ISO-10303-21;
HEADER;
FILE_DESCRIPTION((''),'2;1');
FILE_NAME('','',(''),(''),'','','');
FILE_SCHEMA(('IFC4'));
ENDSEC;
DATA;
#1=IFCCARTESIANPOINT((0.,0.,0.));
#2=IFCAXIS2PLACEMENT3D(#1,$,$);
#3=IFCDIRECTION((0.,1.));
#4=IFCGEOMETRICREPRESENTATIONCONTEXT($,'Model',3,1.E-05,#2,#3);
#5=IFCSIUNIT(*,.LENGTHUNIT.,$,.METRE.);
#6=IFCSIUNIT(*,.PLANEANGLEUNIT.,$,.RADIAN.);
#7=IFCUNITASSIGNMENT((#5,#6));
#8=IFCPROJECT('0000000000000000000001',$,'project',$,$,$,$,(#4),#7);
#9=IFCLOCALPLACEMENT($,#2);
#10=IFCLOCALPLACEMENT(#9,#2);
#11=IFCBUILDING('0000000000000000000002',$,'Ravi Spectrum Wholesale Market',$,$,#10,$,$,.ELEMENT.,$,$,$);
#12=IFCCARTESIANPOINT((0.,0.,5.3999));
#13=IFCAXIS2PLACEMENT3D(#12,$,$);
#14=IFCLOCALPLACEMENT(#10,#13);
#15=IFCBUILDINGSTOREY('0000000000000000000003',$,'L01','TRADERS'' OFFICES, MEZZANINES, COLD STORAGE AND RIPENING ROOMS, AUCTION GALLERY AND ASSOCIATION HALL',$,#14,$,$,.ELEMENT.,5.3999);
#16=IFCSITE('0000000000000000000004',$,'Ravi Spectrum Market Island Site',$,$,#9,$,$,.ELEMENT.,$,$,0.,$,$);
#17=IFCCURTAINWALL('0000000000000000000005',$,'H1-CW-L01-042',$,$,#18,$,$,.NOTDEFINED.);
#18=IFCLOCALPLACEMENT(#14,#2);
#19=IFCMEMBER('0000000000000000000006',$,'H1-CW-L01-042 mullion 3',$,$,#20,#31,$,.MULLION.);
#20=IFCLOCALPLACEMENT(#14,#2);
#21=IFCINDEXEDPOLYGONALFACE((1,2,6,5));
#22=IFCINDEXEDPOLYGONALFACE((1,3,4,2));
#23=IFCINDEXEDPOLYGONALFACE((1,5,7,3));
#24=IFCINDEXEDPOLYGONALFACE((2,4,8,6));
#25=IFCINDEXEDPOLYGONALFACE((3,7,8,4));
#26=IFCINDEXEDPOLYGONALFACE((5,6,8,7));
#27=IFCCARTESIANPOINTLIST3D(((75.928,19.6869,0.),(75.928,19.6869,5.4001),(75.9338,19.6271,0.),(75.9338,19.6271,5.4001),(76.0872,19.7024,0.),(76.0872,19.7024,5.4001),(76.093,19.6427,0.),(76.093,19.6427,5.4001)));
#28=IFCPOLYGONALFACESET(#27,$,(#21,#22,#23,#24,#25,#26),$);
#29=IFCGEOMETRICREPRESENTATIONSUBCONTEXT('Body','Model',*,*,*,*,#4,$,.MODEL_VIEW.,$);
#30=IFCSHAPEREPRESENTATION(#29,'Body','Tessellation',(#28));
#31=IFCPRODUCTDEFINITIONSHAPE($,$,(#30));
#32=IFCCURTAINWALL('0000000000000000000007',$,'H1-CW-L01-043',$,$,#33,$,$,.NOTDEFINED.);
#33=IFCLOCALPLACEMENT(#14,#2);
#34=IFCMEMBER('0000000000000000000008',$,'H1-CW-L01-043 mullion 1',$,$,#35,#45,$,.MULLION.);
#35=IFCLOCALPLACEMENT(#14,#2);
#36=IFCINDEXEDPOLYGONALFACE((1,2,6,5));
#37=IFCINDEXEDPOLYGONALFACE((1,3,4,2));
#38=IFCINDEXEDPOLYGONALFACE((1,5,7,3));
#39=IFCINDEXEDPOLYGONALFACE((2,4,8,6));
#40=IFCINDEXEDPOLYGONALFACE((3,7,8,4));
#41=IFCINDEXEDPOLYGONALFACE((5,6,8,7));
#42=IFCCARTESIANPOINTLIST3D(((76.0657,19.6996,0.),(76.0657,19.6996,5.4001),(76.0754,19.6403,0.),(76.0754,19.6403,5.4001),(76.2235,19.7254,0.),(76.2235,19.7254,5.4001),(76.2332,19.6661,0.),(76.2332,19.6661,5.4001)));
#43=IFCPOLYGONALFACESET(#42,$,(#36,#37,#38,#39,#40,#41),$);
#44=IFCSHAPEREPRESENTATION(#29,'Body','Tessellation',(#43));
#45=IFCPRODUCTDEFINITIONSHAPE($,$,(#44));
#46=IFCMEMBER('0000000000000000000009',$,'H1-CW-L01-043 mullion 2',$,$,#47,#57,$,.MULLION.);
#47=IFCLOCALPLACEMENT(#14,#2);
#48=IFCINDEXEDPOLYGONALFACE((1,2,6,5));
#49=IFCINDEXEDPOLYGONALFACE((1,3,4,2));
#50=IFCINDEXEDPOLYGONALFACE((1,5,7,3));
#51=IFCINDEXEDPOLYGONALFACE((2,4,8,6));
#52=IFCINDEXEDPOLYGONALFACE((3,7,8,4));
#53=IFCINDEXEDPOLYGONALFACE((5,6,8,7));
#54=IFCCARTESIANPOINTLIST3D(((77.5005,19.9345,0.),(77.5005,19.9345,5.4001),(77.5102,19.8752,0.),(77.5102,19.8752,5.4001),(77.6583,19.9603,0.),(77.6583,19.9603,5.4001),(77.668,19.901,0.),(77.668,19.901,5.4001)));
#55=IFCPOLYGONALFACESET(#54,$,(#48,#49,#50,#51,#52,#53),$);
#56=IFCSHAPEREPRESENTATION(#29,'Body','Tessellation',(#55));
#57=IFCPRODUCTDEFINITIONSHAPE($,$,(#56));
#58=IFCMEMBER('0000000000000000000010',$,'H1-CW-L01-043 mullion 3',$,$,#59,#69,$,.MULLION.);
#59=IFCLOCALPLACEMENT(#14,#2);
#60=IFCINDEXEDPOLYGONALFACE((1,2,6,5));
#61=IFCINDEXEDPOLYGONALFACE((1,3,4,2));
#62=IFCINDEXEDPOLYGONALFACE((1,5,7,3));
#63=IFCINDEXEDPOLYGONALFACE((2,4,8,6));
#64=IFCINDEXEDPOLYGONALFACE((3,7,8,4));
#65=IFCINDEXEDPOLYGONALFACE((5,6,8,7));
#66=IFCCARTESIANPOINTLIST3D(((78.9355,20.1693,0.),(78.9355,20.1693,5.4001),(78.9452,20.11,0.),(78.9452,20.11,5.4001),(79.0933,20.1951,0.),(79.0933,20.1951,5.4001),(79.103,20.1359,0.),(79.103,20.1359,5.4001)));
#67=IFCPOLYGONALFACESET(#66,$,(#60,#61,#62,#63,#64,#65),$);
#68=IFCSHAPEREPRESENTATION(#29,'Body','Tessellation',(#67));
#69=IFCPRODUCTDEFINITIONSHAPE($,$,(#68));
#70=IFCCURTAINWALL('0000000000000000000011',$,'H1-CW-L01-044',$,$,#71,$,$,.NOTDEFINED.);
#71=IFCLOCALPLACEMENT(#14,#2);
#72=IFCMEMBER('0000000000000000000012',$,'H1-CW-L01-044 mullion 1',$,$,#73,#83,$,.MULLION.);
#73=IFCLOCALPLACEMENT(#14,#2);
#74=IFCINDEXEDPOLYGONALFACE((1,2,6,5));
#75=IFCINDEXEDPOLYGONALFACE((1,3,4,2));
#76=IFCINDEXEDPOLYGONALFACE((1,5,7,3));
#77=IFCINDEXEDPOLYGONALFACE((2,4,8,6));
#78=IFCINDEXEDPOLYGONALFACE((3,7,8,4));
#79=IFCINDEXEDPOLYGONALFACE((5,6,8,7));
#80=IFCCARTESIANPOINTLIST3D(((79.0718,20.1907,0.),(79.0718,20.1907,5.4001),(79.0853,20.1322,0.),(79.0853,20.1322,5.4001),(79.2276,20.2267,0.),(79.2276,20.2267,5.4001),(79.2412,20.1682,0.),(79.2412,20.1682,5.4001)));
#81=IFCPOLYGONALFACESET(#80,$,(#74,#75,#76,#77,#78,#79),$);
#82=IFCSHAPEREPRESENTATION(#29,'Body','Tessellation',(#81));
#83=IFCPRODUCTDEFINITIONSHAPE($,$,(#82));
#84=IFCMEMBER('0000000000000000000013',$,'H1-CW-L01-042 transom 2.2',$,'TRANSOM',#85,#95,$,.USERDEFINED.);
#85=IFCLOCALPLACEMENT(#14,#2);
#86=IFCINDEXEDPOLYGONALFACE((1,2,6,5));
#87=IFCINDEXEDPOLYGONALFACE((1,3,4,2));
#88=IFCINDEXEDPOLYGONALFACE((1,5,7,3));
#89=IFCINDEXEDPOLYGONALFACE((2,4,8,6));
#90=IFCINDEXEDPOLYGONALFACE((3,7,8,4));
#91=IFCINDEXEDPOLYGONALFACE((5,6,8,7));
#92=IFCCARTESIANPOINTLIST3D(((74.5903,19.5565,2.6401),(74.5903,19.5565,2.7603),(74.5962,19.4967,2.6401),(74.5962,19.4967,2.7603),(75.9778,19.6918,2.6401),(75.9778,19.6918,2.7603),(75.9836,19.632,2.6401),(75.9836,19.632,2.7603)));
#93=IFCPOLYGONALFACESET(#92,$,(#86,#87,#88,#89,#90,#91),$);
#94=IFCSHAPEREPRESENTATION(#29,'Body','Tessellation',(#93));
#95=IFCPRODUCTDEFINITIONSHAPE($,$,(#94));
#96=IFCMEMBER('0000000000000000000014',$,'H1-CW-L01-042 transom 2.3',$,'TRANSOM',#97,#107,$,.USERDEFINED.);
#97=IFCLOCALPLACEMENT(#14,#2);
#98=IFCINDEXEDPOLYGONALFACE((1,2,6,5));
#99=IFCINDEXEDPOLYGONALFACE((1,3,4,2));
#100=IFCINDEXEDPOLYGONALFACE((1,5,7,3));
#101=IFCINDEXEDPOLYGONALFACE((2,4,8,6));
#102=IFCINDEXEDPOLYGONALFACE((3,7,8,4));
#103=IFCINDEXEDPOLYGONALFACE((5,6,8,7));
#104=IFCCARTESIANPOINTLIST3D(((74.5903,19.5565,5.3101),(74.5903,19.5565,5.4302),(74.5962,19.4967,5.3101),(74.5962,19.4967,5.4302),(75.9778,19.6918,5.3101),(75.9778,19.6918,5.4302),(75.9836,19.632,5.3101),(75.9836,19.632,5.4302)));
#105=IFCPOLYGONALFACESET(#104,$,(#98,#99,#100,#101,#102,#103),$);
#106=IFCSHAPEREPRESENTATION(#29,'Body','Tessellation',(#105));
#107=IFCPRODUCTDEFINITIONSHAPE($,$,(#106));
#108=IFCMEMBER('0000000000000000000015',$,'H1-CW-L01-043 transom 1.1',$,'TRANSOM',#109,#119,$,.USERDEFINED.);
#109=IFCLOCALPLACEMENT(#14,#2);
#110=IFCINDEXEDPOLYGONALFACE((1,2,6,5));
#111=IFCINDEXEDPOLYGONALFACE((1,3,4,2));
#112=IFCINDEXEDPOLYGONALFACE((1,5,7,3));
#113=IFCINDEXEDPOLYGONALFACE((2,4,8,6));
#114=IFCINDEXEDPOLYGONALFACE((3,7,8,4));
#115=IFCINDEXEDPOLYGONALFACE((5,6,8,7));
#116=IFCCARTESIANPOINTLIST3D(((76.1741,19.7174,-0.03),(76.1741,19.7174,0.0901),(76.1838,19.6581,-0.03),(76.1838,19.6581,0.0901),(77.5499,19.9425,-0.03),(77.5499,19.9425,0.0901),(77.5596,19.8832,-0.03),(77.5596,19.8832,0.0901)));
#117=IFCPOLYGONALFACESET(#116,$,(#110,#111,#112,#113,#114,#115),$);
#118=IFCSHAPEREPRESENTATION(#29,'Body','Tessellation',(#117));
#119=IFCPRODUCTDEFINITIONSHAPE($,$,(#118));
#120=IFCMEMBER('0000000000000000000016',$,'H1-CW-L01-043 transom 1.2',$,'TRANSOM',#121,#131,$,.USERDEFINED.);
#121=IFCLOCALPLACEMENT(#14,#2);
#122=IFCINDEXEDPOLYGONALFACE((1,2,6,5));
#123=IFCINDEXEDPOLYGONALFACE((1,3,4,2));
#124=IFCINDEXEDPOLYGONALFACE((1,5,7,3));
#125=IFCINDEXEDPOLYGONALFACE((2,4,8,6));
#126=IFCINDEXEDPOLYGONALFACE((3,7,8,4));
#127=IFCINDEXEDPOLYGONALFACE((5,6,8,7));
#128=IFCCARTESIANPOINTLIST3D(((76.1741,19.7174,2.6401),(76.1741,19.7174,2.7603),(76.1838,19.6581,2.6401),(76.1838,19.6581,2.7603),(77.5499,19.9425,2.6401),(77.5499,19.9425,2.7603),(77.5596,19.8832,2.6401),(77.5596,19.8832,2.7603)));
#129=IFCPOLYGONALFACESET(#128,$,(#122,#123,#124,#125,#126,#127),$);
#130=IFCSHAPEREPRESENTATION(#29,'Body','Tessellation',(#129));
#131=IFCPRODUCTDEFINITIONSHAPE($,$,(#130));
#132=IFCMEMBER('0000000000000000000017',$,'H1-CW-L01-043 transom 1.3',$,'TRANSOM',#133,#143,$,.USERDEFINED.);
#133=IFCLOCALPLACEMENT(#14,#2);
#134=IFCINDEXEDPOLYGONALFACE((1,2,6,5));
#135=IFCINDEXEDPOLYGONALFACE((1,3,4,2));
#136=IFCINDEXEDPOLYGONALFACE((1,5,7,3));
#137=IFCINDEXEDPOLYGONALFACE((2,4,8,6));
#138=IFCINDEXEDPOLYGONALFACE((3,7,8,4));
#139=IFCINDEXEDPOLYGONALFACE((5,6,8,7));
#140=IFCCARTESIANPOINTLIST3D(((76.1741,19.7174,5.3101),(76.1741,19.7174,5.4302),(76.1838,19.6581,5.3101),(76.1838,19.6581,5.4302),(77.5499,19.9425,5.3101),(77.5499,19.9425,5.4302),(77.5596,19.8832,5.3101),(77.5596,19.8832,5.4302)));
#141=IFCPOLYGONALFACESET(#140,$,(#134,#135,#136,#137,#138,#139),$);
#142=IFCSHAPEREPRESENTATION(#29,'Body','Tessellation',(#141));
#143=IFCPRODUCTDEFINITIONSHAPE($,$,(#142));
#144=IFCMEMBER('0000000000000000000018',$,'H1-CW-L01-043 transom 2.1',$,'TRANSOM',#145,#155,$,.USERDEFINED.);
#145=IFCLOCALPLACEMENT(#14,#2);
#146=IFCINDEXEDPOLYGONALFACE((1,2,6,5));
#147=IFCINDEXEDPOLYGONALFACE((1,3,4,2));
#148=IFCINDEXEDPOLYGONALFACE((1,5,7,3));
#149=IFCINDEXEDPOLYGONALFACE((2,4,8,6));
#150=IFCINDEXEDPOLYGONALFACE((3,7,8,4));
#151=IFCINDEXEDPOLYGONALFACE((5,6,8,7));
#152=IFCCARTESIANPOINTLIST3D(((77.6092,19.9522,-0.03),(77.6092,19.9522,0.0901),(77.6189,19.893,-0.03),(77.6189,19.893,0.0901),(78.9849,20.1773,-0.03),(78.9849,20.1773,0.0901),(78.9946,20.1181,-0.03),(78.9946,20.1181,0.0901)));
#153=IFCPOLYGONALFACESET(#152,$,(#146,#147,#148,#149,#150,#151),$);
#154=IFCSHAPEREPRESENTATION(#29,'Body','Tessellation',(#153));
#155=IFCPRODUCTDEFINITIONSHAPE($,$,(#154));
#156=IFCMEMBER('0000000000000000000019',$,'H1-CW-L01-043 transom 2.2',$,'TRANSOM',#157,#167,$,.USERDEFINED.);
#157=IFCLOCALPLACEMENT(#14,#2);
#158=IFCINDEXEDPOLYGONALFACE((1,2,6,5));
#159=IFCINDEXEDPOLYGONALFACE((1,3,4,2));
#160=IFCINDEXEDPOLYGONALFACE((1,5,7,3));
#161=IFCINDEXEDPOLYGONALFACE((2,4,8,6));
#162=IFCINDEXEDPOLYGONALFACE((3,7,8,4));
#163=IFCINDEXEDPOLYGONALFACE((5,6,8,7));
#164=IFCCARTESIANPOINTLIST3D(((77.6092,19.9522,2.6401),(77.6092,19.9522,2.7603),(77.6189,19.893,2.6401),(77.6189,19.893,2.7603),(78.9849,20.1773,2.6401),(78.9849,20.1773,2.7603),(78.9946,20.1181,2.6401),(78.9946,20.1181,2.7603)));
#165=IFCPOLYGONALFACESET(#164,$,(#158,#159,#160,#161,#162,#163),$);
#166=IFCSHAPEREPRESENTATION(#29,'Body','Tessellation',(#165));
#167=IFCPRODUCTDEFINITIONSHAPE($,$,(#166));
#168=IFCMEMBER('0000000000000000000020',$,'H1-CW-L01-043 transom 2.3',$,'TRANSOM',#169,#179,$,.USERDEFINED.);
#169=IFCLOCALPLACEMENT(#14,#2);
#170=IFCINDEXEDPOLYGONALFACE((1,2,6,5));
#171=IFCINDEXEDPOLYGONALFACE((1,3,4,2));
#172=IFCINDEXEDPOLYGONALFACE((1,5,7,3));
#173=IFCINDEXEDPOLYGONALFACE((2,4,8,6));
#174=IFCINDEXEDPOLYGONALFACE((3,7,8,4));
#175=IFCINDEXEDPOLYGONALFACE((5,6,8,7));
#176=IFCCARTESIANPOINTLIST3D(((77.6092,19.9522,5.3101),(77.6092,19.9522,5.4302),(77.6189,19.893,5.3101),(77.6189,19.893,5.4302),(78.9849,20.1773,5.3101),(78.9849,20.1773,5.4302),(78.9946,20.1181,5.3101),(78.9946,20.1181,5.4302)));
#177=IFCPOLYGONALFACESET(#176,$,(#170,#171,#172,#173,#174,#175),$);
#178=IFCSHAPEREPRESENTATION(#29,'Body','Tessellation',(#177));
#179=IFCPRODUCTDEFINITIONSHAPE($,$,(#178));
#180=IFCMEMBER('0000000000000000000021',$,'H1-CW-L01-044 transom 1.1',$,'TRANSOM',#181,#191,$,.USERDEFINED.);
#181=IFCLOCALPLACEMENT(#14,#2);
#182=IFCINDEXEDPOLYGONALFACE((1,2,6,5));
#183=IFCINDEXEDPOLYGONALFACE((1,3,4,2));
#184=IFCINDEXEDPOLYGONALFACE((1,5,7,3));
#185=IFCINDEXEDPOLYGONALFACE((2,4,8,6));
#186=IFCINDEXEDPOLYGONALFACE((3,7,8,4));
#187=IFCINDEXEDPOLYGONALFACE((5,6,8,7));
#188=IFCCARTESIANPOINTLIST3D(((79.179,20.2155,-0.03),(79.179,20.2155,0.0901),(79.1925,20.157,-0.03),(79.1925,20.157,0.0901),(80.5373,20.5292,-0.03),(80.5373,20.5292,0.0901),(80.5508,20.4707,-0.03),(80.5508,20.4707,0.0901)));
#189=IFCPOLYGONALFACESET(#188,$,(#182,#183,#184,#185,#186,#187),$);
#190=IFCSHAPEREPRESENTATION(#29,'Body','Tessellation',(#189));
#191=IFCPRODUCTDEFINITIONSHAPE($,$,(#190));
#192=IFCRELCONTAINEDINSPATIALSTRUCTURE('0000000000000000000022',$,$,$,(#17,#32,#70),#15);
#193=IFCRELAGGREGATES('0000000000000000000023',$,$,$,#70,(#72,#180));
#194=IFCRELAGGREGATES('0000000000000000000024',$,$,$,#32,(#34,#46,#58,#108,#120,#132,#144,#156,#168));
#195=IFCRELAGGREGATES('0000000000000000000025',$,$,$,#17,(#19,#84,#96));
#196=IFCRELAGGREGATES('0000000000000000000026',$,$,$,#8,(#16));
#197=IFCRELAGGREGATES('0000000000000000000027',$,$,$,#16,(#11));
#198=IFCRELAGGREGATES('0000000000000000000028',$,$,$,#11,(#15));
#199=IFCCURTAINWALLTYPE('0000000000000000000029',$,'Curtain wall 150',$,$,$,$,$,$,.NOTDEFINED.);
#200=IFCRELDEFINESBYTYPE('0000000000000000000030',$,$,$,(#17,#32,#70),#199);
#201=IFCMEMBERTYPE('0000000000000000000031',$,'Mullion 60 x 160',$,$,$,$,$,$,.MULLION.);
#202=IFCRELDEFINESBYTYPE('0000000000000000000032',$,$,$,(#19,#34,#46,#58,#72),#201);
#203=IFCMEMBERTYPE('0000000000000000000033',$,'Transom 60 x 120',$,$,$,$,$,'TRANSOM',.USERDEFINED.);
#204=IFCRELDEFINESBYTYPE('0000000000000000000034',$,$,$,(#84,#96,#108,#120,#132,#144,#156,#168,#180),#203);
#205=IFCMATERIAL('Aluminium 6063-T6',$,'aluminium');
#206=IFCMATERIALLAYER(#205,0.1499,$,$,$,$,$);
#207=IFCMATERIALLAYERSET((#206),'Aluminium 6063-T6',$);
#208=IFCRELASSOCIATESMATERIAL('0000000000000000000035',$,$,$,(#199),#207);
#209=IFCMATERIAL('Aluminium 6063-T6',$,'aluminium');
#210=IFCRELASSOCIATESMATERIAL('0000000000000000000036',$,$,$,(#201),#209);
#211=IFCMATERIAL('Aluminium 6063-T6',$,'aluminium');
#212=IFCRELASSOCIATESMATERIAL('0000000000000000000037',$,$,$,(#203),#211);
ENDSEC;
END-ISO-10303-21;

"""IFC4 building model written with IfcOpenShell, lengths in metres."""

from ifc_helpers import new_model, si_unit, direction, frame, origin, origin_2d, place, context, subcontext, project, spatial, rectangle, extrude, material, layer, layer_set, material_profile, profile_set, type_object, element, aggregate, save


model = new_model("IFC4")

# Units and contexts
model_context = context("Model", 3, precision=1e-05, world=origin(), true_north=direction((0.0, 1.0)))
body_context = subcontext(model_context, "Body", "Model", "MODEL_VIEW")
ifc_project = project(units=[si_unit("LENGTHUNIT", "METRE"), si_unit("PLANEANGLEUNIT", "RADIAN")], contexts=[model_context])

# Site, building, storey
site_placement = place(None, origin())
site = spatial("IfcSite", under=ifc_project, at=site_placement, Name="Ravi Spectrum Market Island Site", CompositionType="ELEMENT", RefElevation=0.0)
building_placement = place(site_placement, origin())
building = spatial("IfcBuilding", under=site, at=building_placement, Name="Ravi Spectrum Wholesale Market", CompositionType="ELEMENT")
storey_placement = place(building_placement, frame((0.0, 0.0, 5.3999)))
storey = spatial("IfcBuildingStorey", under=building, at=storey_placement, Name="L01", Description="TRADERS' OFFICES, MEZZANINES, COLD STORAGE AND RIPENING ROOMS, AUCTION GALLERY AND ASSOCIATION HALL", CompositionType="ELEMENT", Elevation=5.3999)

# Curtain wall, member
ifc_material_1 = material(Name="Aluminium 6063-T6", Category="aluminium")
ifc_layer_1 = layer(ifc_material_1, 0.1499)
ifc_layer_set_1 = layer_set([ifc_layer_1], Name="Aluminium 6063-T6")
curtain_wall_type = type_object("IfcCurtainWallType", Name="Curtain wall 150", PredefinedType="NOTDEFINED", material=ifc_layer_set_1)
curtain_wall_1_placement = place(storey_placement, origin())
curtain_wall_1 = element("IfcCurtainWall", 1, at=curtain_wall_1_placement, inside=storey, type_object=curtain_wall_type, Name="H1-CW-L01-042", PredefinedType="NOTDEFINED")
ifc_material_2 = material(Name="Aluminium 6063-T6", Category="aluminium")
ifc_material_profile_1 = material_profile(ifc_material_2, rectangle(XDim=0.0601, YDim=0.1599, at=origin_2d()))
ifc_profile_set_1 = profile_set([ifc_material_profile_1], Name="Aluminium 6063-T6")
member_type_1 = type_object("IfcMemberType", Name="Mullion 60 x 160", PredefinedType="MULLION", material=ifc_profile_set_1)
member_1_placement = place(storey_placement, frame((76.0105, 19.6648, 0.0), z_axis=(0.0, 0.0, 1.0), x_axis=(-0.097144, 0.99527, 0.0)))
member_1 = element("IfcMember", 2, at=member_1_placement, type_object=member_type_1, Name="H1-CW-L01-042 mullion 3", PredefinedType="MULLION", context=body_context, shape_type="SweptSolid", body=[
    extrude(rectangle(XDim=0.0601, YDim=0.1599, at=origin_2d()), origin(), (0.0, 0.0, 1.0), 5.4001),
])

# Curtain wall, members
curtain_wall_2_placement = place(storey_placement, origin())
curtain_wall_2 = element("IfcCurtainWall", 3, at=curtain_wall_2_placement, inside=storey, type_object=curtain_wall_type, Name="H1-CW-L01-043", PredefinedType="NOTDEFINED")
member_2_placement = place(storey_placement, frame((76.1494, 19.6829, 0.0), z_axis=(0.0, 0.0, 1.0), x_axis=(-0.161453, 0.98688, 0.0)))
member_2 = element("IfcMember", 4, at=member_2_placement, type_object=member_type_1, Name="H1-CW-L01-043 mullion 1", PredefinedType="MULLION", context=body_context, shape_type="SweptSolid", body=[
    extrude(rectangle(XDim=0.0601, YDim=0.1599, at=origin_2d()), origin(), (0.0, 0.0, 1.0), 5.4001),
])
member_3_placement = place(storey_placement, frame((77.5842, 19.9177, 0.0), z_axis=(0.0, 0.0, 1.0), x_axis=(-0.161453, 0.98688, 0.0)))
member_3 = element("IfcMember", 5, at=member_3_placement, type_object=member_type_1, Name="H1-CW-L01-043 mullion 2", PredefinedType="MULLION", context=body_context, shape_type="SweptSolid", body=[
    extrude(rectangle(XDim=0.0601, YDim=0.1599, at=origin_2d()), origin(), (0.0, 0.0, 1.0), 5.4001),
])
member_4_placement = place(storey_placement, frame((79.0193, 20.1526, 0.0), z_axis=(0.0, 0.0, 1.0), x_axis=(-0.161453, 0.98688, 0.0)))
member_4 = element("IfcMember", 6, at=member_4_placement, type_object=member_type_1, Name="H1-CW-L01-043 mullion 3", PredefinedType="MULLION", context=body_context, shape_type="SweptSolid", body=[
    extrude(rectangle(XDim=0.0601, YDim=0.1599, at=origin_2d()), origin(), (0.0, 0.0, 1.0), 5.4001),
])

# Curtain wall, member
curtain_wall_3_placement = place(storey_placement, origin())
curtain_wall_3 = element("IfcCurtainWall", 7, at=curtain_wall_3_placement, inside=storey, type_object=curtain_wall_type, Name="H1-CW-L01-044", PredefinedType="NOTDEFINED")
member_5_placement = place(storey_placement, frame((79.1565, 20.1794, 0.0), z_axis=(0.0, 0.0, 1.0), x_axis=(-0.225083, 0.97434, 0.0)))
member_5 = element("IfcMember", 8, at=member_5_placement, type_object=member_type_1, Name="H1-CW-L01-044 mullion 1", PredefinedType="MULLION", context=body_context, shape_type="SweptSolid", body=[
    extrude(rectangle(XDim=0.0601, YDim=0.1599, at=origin_2d()), origin(), (0.0, 0.0, 1.0), 5.4001),
])

# Members
ifc_material_3 = material(Name="Aluminium 6063-T6", Category="aluminium")
ifc_material_profile_2 = material_profile(ifc_material_3, rectangle(XDim=0.0601, YDim=0.1201, at=origin_2d()))
ifc_profile_set_2 = profile_set([ifc_material_profile_2], Name="Aluminium 6063-T6")
member_type_2 = type_object("IfcMemberType", Name="Transom 60 x 120", ElementType="TRANSOM", PredefinedType="USERDEFINED", material=ifc_profile_set_2)
member_6_placement = place(storey_placement, frame((74.5933, 19.5266, 2.7002), z_axis=(0.995282, 0.097024, 0.0), x_axis=(-0.097024, 0.995282, 0.0)))
member_6 = element("IfcMember", 9, at=member_6_placement, type_object=member_type_2, Name="H1-CW-L01-042 transom 2.2", ObjectType="TRANSOM", PredefinedType="USERDEFINED", context=body_context, shape_type="SweptSolid", body=[
    extrude(rectangle(XDim=0.0601, YDim=0.1201, at=origin_2d()), origin(), (0.0, 0.0, 1.0), 1.394),
])
member_7_placement = place(storey_placement, frame((74.5933, 19.5266, 5.3701), z_axis=(0.995282, 0.097024, 0.0), x_axis=(-0.097024, 0.995282, 0.0)))
member_7 = element("IfcMember", 10, at=member_7_placement, type_object=member_type_2, Name="H1-CW-L01-042 transom 2.3", ObjectType="TRANSOM", PredefinedType="USERDEFINED", context=body_context, shape_type="SweptSolid", body=[
    extrude(rectangle(XDim=0.0601, YDim=0.1201, at=origin_2d()), origin(), (0.0, 0.0, 1.0), 1.394),
])
member_8_placement = place(storey_placement, frame((76.179, 19.6877, 0.03), z_axis=(0.986877, 0.161473, 0.0), x_axis=(-0.161473, 0.986877, 0.0)))
member_8 = element("IfcMember", 11, at=member_8_placement, type_object=member_type_2, Name="H1-CW-L01-043 transom 1.1", ObjectType="TRANSOM", PredefinedType="USERDEFINED", context=body_context, shape_type="SweptSolid", body=[
    extrude(rectangle(XDim=0.0601, YDim=0.1201, at=origin_2d()), origin(), (0.0, 0.0, 1.0), 1.394),
])
member_9_placement = place(storey_placement, frame((76.179, 19.6877, 2.7002), z_axis=(0.986877, 0.161473, 0.0), x_axis=(-0.161473, 0.986877, 0.0)))
member_9 = element("IfcMember", 12, at=member_9_placement, type_object=member_type_2, Name="H1-CW-L01-043 transom 1.2", ObjectType="TRANSOM", PredefinedType="USERDEFINED", context=body_context, shape_type="SweptSolid", body=[
    extrude(rectangle(XDim=0.0601, YDim=0.1201, at=origin_2d()), origin(), (0.0, 0.0, 1.0), 1.394),
])
member_10_placement = place(storey_placement, frame((76.179, 19.6877, 5.3701), z_axis=(0.986877, 0.161473, 0.0), x_axis=(-0.161473, 0.986877, 0.0)))
member_10 = element("IfcMember", 13, at=member_10_placement, type_object=member_type_2, Name="H1-CW-L01-043 transom 1.3", ObjectType="TRANSOM", PredefinedType="USERDEFINED", context=body_context, shape_type="SweptSolid", body=[
    extrude(rectangle(XDim=0.0601, YDim=0.1201, at=origin_2d()), origin(), (0.0, 0.0, 1.0), 1.394),
])
member_11_placement = place(storey_placement, frame((77.614, 19.9226, 0.03), z_axis=(0.986877, 0.161473, 0.0), x_axis=(-0.161473, 0.986877, 0.0)))
member_11 = element("IfcMember", 14, at=member_11_placement, type_object=member_type_2, Name="H1-CW-L01-043 transom 2.1", ObjectType="TRANSOM", PredefinedType="USERDEFINED", context=body_context, shape_type="SweptSolid", body=[
    extrude(rectangle(XDim=0.0601, YDim=0.1201, at=origin_2d()), origin(), (0.0, 0.0, 1.0), 1.394),
])
member_12_placement = place(storey_placement, frame((77.614, 19.9226, 2.7002), z_axis=(0.986877, 0.161473, 0.0), x_axis=(-0.161473, 0.986877, 0.0)))
member_12 = element("IfcMember", 15, at=member_12_placement, type_object=member_type_2, Name="H1-CW-L01-043 transom 2.2", ObjectType="TRANSOM", PredefinedType="USERDEFINED", context=body_context, shape_type="SweptSolid", body=[
    extrude(rectangle(XDim=0.0601, YDim=0.1201, at=origin_2d()), origin(), (0.0, 0.0, 1.0), 1.394),
])
member_13_placement = place(storey_placement, frame((77.614, 19.9226, 5.3701), z_axis=(0.986877, 0.161473, 0.0), x_axis=(-0.161473, 0.986877, 0.0)))
member_13 = element("IfcMember", 16, at=member_13_placement, type_object=member_type_2, Name="H1-CW-L01-043 transom 2.3", ObjectType="TRANSOM", PredefinedType="USERDEFINED", context=body_context, shape_type="SweptSolid", body=[
    extrude(rectangle(XDim=0.0601, YDim=0.1201, at=origin_2d()), origin(), (0.0, 0.0, 1.0), 1.394),
])
member_14_placement = place(storey_placement, frame((79.1858, 20.1863, 0.03), z_axis=(0.974353, 0.225026, 0.0), x_axis=(-0.225026, 0.974353, 0.0)))
member_14 = element("IfcMember", 17, at=member_14_placement, type_object=member_type_2, Name="H1-CW-L01-044 transom 1.1", ObjectType="TRANSOM", PredefinedType="USERDEFINED", context=body_context, shape_type="SweptSolid", body=[
    extrude(rectangle(XDim=0.0601, YDim=0.1201, at=origin_2d()), origin(), (0.0, 0.0, 1.0), 1.394),
])
aggregate(curtain_wall_3, [member_5, member_14])

aggregate(curtain_wall_2, [member_2, member_3, member_4, member_8, member_9, member_10, member_11, member_12, member_13])
aggregate(curtain_wall_1, [member_1, member_6, member_7])

save(model, "model.ifc")
